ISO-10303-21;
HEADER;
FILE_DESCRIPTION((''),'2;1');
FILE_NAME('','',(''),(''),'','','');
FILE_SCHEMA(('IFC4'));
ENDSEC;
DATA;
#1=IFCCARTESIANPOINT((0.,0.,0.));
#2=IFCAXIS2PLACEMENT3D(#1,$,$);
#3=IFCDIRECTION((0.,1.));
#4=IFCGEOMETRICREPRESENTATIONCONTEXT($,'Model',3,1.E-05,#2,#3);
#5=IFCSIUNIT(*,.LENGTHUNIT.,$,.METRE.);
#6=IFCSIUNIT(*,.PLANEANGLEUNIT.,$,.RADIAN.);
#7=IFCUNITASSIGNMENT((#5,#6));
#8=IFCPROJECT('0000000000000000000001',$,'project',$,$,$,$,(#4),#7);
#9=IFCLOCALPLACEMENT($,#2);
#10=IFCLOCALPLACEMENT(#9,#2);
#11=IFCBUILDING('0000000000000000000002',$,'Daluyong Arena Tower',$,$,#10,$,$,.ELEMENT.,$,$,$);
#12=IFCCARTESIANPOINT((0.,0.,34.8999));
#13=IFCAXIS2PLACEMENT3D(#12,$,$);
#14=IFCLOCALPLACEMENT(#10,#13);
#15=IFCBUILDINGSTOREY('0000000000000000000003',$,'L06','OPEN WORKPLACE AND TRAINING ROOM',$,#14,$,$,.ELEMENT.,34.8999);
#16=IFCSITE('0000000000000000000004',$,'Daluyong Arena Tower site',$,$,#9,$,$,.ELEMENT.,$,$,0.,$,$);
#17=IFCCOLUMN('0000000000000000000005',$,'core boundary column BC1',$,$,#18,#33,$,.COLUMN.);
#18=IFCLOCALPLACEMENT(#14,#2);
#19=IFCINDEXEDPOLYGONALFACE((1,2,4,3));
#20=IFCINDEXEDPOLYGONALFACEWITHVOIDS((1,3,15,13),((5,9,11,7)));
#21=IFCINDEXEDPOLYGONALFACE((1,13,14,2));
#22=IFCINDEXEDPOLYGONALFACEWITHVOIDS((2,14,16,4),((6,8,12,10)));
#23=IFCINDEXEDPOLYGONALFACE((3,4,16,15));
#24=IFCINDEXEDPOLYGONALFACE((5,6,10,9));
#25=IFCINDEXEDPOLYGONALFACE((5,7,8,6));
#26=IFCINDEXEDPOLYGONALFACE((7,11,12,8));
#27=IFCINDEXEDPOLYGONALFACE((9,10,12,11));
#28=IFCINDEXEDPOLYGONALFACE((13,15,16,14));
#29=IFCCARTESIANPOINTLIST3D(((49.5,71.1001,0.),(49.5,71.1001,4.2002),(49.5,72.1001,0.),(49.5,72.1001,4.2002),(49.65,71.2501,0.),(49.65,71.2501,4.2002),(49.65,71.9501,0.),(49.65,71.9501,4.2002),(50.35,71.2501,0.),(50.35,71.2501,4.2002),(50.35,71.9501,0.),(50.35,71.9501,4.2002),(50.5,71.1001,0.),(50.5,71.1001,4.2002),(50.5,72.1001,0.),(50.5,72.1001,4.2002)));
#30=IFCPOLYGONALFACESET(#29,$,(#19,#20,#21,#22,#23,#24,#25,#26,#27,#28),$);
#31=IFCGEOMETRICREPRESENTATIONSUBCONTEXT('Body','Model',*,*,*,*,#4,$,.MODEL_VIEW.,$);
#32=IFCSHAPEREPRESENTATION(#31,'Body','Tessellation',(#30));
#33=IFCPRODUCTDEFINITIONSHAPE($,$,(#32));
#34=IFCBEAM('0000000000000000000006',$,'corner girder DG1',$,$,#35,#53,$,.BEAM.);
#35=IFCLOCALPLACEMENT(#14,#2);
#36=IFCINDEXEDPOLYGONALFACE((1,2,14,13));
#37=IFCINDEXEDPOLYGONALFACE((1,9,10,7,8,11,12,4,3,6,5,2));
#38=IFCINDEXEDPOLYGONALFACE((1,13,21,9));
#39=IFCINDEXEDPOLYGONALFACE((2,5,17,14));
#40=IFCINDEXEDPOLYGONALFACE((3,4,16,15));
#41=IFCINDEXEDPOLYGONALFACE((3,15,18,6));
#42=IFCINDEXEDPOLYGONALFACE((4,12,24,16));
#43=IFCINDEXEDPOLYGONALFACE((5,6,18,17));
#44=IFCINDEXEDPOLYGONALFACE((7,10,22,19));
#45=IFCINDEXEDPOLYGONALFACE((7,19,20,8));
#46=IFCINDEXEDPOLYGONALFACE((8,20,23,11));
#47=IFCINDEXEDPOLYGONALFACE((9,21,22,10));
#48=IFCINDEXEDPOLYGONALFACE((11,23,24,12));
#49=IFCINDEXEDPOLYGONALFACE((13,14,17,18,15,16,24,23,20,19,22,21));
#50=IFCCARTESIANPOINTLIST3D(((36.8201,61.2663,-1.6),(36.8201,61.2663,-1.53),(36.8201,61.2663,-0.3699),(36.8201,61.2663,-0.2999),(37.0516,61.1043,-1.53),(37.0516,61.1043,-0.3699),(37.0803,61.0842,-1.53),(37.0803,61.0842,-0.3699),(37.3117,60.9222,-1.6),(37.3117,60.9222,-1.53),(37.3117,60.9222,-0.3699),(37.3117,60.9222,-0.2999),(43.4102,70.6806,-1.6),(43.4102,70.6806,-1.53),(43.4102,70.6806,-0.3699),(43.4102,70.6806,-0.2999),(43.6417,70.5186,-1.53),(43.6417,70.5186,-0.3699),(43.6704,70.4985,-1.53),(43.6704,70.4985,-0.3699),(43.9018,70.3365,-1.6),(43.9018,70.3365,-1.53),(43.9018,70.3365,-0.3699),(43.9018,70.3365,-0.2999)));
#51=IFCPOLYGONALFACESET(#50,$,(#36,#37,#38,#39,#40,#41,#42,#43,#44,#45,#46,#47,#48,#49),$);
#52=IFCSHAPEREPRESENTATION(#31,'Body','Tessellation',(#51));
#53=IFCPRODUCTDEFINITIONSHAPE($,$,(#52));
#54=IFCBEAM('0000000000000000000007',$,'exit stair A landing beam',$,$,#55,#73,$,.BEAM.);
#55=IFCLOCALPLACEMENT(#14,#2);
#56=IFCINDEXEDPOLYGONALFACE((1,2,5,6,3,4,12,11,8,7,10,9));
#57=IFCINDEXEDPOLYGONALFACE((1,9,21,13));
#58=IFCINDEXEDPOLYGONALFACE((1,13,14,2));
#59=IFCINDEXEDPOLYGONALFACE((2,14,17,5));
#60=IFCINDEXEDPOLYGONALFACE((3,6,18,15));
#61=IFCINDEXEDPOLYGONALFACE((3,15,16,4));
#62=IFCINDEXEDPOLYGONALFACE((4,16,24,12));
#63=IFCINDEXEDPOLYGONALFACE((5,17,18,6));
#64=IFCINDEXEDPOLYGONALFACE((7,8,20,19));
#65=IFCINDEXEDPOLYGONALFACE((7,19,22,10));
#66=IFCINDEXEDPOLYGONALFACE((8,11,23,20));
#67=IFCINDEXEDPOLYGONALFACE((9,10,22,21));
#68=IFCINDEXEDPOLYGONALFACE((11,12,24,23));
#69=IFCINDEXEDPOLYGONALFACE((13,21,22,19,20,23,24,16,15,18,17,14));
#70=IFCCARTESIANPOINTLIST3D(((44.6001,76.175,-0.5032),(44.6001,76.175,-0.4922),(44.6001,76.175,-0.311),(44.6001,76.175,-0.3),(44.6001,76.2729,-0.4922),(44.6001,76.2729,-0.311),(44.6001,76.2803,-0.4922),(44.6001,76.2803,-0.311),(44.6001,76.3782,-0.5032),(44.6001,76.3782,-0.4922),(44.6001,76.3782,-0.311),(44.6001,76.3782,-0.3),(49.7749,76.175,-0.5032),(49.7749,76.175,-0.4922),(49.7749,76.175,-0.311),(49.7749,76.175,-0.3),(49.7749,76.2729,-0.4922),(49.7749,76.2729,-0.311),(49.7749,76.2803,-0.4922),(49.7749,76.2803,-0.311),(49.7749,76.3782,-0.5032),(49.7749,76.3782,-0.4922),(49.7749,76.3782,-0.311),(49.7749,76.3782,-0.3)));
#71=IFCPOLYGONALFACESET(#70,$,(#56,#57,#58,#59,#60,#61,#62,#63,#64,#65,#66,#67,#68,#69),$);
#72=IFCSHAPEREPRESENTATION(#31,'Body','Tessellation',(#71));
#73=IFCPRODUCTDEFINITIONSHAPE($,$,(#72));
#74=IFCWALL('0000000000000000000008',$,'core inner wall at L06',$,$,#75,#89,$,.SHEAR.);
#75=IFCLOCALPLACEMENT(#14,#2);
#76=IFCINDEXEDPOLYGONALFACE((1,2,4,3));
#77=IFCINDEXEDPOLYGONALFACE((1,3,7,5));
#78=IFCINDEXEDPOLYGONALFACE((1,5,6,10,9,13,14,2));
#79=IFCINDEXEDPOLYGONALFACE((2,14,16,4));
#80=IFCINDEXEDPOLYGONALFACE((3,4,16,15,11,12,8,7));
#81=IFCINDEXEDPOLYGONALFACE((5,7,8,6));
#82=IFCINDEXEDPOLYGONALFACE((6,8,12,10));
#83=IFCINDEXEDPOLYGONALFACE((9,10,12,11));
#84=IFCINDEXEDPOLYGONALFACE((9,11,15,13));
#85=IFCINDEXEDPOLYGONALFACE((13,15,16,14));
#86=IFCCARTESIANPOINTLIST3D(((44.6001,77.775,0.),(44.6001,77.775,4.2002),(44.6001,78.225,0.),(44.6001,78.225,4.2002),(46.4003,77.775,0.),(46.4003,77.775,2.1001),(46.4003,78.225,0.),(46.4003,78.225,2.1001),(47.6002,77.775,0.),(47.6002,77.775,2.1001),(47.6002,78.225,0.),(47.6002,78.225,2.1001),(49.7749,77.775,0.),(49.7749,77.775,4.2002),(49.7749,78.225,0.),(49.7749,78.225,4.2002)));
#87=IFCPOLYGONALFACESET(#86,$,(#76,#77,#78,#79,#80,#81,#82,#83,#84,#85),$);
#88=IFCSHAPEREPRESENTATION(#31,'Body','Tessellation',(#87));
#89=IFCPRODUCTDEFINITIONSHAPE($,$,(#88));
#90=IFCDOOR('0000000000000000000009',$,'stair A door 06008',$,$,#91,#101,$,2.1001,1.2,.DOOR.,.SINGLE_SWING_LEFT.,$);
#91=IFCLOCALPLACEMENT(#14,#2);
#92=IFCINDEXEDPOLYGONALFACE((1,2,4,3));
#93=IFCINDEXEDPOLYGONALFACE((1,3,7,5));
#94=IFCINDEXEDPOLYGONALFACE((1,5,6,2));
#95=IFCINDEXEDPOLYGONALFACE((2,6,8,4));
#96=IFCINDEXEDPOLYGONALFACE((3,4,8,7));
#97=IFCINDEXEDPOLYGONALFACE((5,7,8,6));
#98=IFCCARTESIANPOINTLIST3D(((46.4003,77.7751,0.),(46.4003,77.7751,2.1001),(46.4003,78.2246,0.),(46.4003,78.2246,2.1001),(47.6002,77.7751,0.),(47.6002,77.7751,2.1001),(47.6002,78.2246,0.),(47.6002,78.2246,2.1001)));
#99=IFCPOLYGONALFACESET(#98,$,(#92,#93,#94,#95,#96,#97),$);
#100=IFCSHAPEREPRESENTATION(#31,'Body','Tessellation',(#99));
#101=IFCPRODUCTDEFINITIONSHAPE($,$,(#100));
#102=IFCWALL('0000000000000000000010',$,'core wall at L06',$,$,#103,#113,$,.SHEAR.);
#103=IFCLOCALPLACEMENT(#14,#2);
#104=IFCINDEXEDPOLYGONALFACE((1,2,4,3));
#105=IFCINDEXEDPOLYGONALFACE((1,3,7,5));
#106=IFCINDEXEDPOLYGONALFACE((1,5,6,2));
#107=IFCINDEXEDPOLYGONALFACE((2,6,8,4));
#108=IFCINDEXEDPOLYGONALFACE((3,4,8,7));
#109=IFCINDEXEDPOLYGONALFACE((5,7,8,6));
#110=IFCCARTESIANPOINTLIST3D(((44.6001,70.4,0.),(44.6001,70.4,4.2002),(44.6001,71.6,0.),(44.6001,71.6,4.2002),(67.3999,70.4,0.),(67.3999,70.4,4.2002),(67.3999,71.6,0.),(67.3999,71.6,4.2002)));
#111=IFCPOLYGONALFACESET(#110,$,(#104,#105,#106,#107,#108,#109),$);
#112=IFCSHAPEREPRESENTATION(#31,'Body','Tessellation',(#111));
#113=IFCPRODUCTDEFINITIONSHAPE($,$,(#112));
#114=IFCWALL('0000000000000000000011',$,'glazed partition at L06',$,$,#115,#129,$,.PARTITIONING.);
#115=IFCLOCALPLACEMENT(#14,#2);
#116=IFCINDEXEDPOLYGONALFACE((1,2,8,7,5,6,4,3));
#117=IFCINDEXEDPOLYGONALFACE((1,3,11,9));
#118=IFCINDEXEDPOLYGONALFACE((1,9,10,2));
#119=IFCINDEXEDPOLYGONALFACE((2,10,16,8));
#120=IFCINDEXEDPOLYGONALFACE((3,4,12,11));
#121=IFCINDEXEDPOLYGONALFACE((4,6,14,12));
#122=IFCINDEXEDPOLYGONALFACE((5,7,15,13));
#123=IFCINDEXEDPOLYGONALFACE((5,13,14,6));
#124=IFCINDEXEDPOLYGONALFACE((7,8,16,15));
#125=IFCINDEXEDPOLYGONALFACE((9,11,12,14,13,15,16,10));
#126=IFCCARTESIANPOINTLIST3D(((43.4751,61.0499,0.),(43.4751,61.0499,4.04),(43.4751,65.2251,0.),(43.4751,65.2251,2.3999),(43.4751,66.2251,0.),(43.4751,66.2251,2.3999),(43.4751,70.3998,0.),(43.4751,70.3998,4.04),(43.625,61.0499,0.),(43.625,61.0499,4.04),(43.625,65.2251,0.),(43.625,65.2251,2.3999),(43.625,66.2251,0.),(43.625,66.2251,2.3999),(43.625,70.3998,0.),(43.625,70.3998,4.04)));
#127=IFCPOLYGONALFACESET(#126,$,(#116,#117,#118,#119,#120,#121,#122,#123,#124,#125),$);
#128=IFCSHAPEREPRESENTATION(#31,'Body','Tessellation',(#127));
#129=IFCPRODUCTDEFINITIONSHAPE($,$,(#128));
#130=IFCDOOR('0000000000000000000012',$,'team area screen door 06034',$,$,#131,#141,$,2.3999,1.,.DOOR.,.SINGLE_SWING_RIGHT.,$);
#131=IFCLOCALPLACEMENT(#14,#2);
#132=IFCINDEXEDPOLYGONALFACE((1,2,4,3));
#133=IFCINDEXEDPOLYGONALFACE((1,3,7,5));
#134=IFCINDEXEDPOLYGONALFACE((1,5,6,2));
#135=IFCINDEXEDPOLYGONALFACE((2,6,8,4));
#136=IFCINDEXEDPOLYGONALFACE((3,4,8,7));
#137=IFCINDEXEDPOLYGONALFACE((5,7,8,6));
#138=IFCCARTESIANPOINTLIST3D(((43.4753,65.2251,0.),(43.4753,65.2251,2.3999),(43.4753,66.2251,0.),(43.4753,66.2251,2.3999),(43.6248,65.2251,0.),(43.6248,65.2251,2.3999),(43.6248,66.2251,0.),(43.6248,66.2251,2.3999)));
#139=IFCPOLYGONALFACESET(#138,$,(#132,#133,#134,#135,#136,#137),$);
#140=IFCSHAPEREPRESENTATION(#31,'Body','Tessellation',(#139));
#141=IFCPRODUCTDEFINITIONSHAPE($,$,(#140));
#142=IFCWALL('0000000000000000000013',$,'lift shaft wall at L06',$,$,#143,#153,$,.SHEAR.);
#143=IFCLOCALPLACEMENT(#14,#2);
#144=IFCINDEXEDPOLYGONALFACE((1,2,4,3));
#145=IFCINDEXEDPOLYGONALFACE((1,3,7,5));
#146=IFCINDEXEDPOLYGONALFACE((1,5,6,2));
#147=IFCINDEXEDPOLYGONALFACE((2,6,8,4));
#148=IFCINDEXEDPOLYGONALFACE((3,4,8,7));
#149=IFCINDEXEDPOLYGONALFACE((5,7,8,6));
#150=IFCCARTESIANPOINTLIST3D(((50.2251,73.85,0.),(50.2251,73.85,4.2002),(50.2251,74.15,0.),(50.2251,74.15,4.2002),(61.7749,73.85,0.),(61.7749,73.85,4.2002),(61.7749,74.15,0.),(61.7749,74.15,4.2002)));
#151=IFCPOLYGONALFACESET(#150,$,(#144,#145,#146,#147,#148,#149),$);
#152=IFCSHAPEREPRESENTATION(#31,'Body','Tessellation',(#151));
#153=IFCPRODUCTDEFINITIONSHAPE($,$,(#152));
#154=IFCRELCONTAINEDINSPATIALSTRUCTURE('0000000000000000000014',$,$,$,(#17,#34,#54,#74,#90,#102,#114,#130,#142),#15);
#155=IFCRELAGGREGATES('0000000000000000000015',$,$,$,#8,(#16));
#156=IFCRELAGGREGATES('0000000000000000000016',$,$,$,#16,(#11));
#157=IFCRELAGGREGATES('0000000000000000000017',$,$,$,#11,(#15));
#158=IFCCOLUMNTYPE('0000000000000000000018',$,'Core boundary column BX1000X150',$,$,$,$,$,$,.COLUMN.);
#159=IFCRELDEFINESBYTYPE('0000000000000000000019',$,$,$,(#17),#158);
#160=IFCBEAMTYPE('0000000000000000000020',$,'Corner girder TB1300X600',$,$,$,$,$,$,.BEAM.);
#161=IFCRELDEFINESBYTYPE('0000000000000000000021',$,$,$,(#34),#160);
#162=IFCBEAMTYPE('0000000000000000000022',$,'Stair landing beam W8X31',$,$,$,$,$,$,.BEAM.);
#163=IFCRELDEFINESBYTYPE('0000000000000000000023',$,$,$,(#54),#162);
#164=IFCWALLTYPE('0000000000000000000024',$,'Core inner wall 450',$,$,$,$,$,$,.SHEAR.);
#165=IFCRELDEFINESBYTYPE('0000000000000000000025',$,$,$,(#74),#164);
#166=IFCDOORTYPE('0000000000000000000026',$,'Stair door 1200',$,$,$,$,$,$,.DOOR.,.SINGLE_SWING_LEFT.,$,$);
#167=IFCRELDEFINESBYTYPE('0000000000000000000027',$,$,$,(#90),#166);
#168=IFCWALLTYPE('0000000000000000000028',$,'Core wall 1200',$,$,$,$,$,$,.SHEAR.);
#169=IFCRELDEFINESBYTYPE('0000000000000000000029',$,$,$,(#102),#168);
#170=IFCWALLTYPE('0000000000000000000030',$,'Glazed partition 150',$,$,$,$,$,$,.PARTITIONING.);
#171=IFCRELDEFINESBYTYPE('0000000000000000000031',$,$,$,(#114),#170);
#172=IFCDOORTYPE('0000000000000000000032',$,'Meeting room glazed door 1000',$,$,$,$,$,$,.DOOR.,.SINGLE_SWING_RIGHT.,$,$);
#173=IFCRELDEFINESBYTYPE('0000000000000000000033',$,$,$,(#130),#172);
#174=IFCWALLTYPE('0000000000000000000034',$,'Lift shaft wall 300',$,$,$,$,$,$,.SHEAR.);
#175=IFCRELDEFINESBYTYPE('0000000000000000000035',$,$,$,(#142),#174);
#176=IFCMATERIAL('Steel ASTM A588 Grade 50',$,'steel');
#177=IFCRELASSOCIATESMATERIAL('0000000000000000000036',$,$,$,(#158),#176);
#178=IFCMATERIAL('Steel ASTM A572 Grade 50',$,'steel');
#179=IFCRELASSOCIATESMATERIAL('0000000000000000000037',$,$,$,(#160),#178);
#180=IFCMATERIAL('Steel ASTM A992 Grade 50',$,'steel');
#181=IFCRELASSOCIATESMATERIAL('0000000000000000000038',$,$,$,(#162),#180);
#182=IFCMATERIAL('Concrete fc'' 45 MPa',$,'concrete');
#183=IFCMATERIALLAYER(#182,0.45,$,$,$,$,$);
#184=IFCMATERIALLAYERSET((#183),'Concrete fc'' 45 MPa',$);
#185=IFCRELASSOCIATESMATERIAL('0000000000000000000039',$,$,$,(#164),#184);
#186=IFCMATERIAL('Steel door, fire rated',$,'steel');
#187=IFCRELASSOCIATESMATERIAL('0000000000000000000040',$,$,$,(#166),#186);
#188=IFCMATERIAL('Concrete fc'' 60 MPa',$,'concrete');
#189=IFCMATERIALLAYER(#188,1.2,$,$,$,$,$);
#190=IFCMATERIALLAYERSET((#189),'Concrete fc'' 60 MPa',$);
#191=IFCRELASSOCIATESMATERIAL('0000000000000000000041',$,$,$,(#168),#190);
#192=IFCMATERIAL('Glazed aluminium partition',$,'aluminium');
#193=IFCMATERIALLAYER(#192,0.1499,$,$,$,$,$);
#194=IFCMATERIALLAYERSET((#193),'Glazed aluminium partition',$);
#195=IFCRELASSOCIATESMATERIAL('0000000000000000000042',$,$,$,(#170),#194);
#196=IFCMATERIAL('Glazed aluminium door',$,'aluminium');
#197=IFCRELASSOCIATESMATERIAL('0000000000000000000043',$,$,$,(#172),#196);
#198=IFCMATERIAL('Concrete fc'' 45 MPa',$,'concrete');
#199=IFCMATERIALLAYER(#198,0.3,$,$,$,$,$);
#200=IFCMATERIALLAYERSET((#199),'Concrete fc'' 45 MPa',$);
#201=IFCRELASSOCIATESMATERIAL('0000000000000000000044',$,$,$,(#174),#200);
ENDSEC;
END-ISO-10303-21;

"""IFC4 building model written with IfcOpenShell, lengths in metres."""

from ifc_helpers import new_model, si_unit, direction, frame, frame_2d, origin, origin_2d, place, context, subcontext, project, spatial, rectangle, hollow_rectangle, i_section, extrude, material, layer, layer_set, material_profile, profile_set, type_object, element, fill, save


model = new_model("IFC4")

# Units and contexts
model_context = context("Model", 3, precision=1e-05, world=origin(), true_north=direction((0.0, 1.0)))
body_context = subcontext(model_context, "Body", "Model", "MODEL_VIEW")
ifc_project = project(units=[si_unit("LENGTHUNIT", "METRE"), si_unit("PLANEANGLEUNIT", "RADIAN")], contexts=[model_context])

# Site, building, storey
site_placement = place(None, origin())
site = spatial("IfcSite", under=ifc_project, at=site_placement, Name="Daluyong Arena Tower site", CompositionType="ELEMENT", RefElevation=0.0)
building_placement = place(site_placement, origin())
building = spatial("IfcBuilding", under=site, at=building_placement, Name="Daluyong Arena Tower", CompositionType="ELEMENT")
storey_placement = place(building_placement, frame((0.0, 0.0, 34.8999)))
storey = spatial("IfcBuildingStorey", under=building, at=storey_placement, Name="L06", Description="OPEN WORKPLACE AND TRAINING ROOM", CompositionType="ELEMENT", Elevation=34.8999)

# Column
ifc_material_1 = material(Name="Steel ASTM A588 Grade 50", Category="steel")
ifc_material_profile_1 = material_profile(ifc_material_1, hollow_rectangle(XDim=1.0, YDim=1.0, WallThickness=0.15, at=origin_2d()))
ifc_profile_set_1 = profile_set([ifc_material_profile_1], Name="Steel ASTM A588 Grade 50")
column_type = type_object("IfcColumnType", Name="Core boundary column BX1000X150", PredefinedType="COLUMN", material=ifc_profile_set_1)
column_placement = place(storey_placement, frame((50.0, 71.6001, 0.0), z_axis=(0.0, 0.0, 1.0), x_axis=(1.0, 0.0, 0.0)))
element("IfcColumn", 1, at=column_placement, inside=storey, type_object=column_type, Name="core boundary column BC1", PredefinedType="COLUMN", context=body_context, shape_type="SweptSolid", body=[
    extrude(hollow_rectangle(XDim=1.0, YDim=1.0, WallThickness=0.15, at=origin_2d()), origin(), (0.0, 0.0, 1.0), 4.2002),
])

# Beams
ifc_material_2 = material(Name="Steel ASTM A572 Grade 50", Category="steel")
ifc_material_profile_2 = material_profile(ifc_material_2, i_section(OverallWidth=0.6001, OverallDepth=1.3, WebThickness=0.035, FlangeThickness=0.07, at=origin_2d()))
ifc_profile_set_2 = profile_set([ifc_material_profile_2], Name="Steel ASTM A572 Grade 50")
beam_type_1 = type_object("IfcBeamType", Name="Corner girder TB1300X600", PredefinedType="BEAM", material=ifc_profile_set_2)
beam_1_placement = place(storey_placement, frame((37.0659, 61.0942, -0.95), z_axis=(0.573467, 0.819229, 0.0), x_axis=(-0.819229, 0.573467, 0.0)))
element("IfcBeam", 2, at=beam_1_placement, inside=storey, type_object=beam_type_1, Name="corner girder DG1", PredefinedType="BEAM", context=body_context, shape_type="SweptSolid", body=[
    extrude(i_section(OverallWidth=0.6001, OverallDepth=1.3, WebThickness=0.035, FlangeThickness=0.07, at=origin_2d()), origin(), (0.0, 0.0, 1.0), 11.4917),
])
ifc_material_3 = material(Name="Steel ASTM A992 Grade 50", Category="steel")
ifc_material_profile_3 = material_profile(ifc_material_3, i_section(OverallWidth=0.2031, OverallDepth=0.2031, WebThickness=0.0073, FlangeThickness=0.011, at=origin_2d()))
ifc_profile_set_3 = profile_set([ifc_material_profile_3], Name="Steel ASTM A992 Grade 50")
beam_type_2 = type_object("IfcBeamType", Name="Stair landing beam W8X31", PredefinedType="BEAM", material=ifc_profile_set_3)
beam_2_placement = place(storey_placement, frame((44.6001, 76.2766, -0.4016), z_axis=(1.0, 0.0, 0.0), x_axis=(0.0, 1.0, 0.0)))
element("IfcBeam", 3, at=beam_2_placement, inside=storey, type_object=beam_type_2, Name="exit stair A landing beam", PredefinedType="BEAM", context=body_context, shape_type="SweptSolid", body=[
    extrude(i_section(OverallWidth=0.2031, OverallDepth=0.2031, WebThickness=0.0073, FlangeThickness=0.011, at=origin_2d()), origin(), (0.0, 0.0, 1.0), 5.1748),
])

# Wall, opening, door
ifc_material_4 = material(Name="Concrete fc' 45 MPa", Category="concrete")
ifc_layer_1 = layer(ifc_material_4, 0.45)
ifc_layer_set_1 = layer_set([ifc_layer_1], Name="Concrete fc' 45 MPa")
wall_type_1 = type_object("IfcWallType", Name="Core inner wall 450", PredefinedType="SHEAR", material=ifc_layer_set_1)
wall_1_placement = place(storey_placement, frame((44.6001, 78.0, 0.0), z_axis=(0.0, 0.0, 1.0), x_axis=(1.0, 0.0, 0.0)))
wall_1 = element("IfcWall", 4, at=wall_1_placement, inside=storey, type_object=wall_type_1, Name="core inner wall at L06", PredefinedType="SHEAR", context=body_context, shape_type="SweptSolid", body=[
    extrude(rectangle(XDim=5.1748, YDim=0.45, at=frame_2d((2.5874, 0.0))), origin(), (0.0, 0.0, 1.0), 4.2002),
])
opening_1_placement = place(wall_1_placement, frame((1.8, 0.0, 0.0)))
opening_1 = element("IfcOpeningElement", 5, at=opening_1_placement, cuts=wall_1, PredefinedType="OPENING", context=body_context, shape_type="SweptSolid", body=[
    extrude(rectangle(XDim=1.2, YDim=2.1001, at=frame_2d((0.6001, 1.05))), frame((0.0, 0.2349, 0.0), z_axis=(0.0, -1.0, 0.0), x_axis=(1.0, 0.0, 0.0)), (0.0, 0.0, 1.0), 0.47),
])
ifc_material_5 = material(Name="Steel door, fire rated", Category="steel")
door_type_1 = type_object("IfcDoorType", Name="Stair door 1200", OperationType="SINGLE_SWING_LEFT", PredefinedType="DOOR", material=ifc_material_5)
door_1_placement = place(opening_1_placement, origin())
door_1 = element("IfcDoor", 6, at=door_1_placement, inside=storey, type_object=door_type_1, Name="stair A door 06008", OperationType="SINGLE_SWING_LEFT", OverallHeight=2.1001, OverallWidth=1.2, PredefinedType="DOOR", context=body_context, shape_type="SweptSolid", body=[
    extrude(rectangle(XDim=1.2, YDim=2.1001, at=frame_2d((0.6001, 1.05))), frame((0.0, 0.2246, 0.0), z_axis=(0.0, -1.0, 0.0), x_axis=(1.0, 0.0, 0.0)), (0.0, 0.0, 1.0), 0.4495),
])
fill(opening_1, door_1)
ifc_material_6 = material(Name="Concrete fc' 60 MPa", Category="concrete")
ifc_layer_2 = layer(ifc_material_6, 1.2)
ifc_layer_set_2 = layer_set([ifc_layer_2], Name="Concrete fc' 60 MPa")
wall_type_2 = type_object("IfcWallType", Name="Core wall 1200", PredefinedType="SHEAR", material=ifc_layer_set_2)

# Wall
wall_2_placement = place(storey_placement, frame((44.6001, 71.0, 0.0), z_axis=(0.0, 0.0, 1.0), x_axis=(1.0, 0.0, 0.0)))
element("IfcWall", 7, at=wall_2_placement, inside=storey, type_object=wall_type_2, Name="core wall at L06", PredefinedType="SHEAR", context=body_context, shape_type="SweptSolid", body=[
    extrude(rectangle(XDim=22.7998, YDim=1.2, at=frame_2d((11.3999, 0.0))), origin(), (0.0, 0.0, 1.0), 4.2002),
])

# Wall, opening, door
ifc_material_7 = material(Name="Glazed aluminium partition", Category="aluminium")
ifc_layer_3 = layer(ifc_material_7, 0.1499)
ifc_layer_set_3 = layer_set([ifc_layer_3], Name="Glazed aluminium partition")
wall_type_3 = type_object("IfcWallType", Name="Glazed partition 150", PredefinedType="PARTITIONING", material=ifc_layer_set_3)
wall_3_placement = place(storey_placement, frame((43.55, 61.05, 0.0), z_axis=(0.0, 0.0, 1.0), x_axis=(0.0, 1.0, 0.0)))
wall_3 = element("IfcWall", 8, at=wall_3_placement, inside=storey, type_object=wall_type_3, Name="glazed partition at L06", PredefinedType="PARTITIONING", context=body_context, shape_type="SweptSolid", body=[
    extrude(rectangle(XDim=9.3499, YDim=0.1499, at=frame_2d((4.6748, 0.0))), origin(), (0.0, 0.0, 1.0), 4.04),
])
opening_2_placement = place(wall_3_placement, frame((4.175, 0.0, 0.0)))
opening_2 = element("IfcOpeningElement", 9, at=opening_2_placement, cuts=wall_3, PredefinedType="OPENING", context=body_context, shape_type="SweptSolid", body=[
    extrude(rectangle(XDim=1.0, YDim=2.3999, at=frame_2d((0.5, 1.2))), frame((0.0, 0.085, 0.0), z_axis=(0.0, -1.0, 0.0), x_axis=(1.0, 0.0, 0.0)), (0.0, 0.0, 1.0), 0.1699),
])
ifc_material_8 = material(Name="Glazed aluminium door", Category="aluminium")
door_type_2 = type_object("IfcDoorType", Name="Meeting room glazed door 1000", OperationType="SINGLE_SWING_RIGHT", PredefinedType="DOOR", material=ifc_material_8)
door_2_placement = place(opening_2_placement, origin())
door_2 = element("IfcDoor", 10, at=door_2_placement, inside=storey, type_object=door_type_2, Name="team area screen door 06034", OperationType="SINGLE_SWING_RIGHT", OverallHeight=2.3999, OverallWidth=1.0, PredefinedType="DOOR", context=body_context, shape_type="SweptSolid", body=[
    extrude(rectangle(XDim=1.0, YDim=2.3999, at=frame_2d((0.5, 1.2))), frame((0.0, 0.0747, 0.0), z_axis=(0.0, -1.0, 0.0), x_axis=(1.0, 0.0, 0.0)), (0.0, 0.0, 1.0), 0.1494),
])
fill(opening_2, door_2)

# Wall
ifc_material_9 = material(Name="Concrete fc' 45 MPa", Category="concrete")
ifc_layer_4 = layer(ifc_material_9, 0.3)
ifc_layer_set_4 = layer_set([ifc_layer_4], Name="Concrete fc' 45 MPa")
wall_type_4 = type_object("IfcWallType", Name="Lift shaft wall 300", PredefinedType="SHEAR", material=ifc_layer_set_4)
wall_4_placement = place(storey_placement, frame((50.2251, 74.0, 0.0), z_axis=(0.0, 0.0, 1.0), x_axis=(1.0, 0.0, 0.0)))
element("IfcWall", 11, at=wall_4_placement, inside=storey, type_object=wall_type_4, Name="lift shaft wall at L06", PredefinedType="SHEAR", context=body_context, shape_type="SweptSolid", body=[
    extrude(rectangle(XDim=11.5498, YDim=0.3, at=frame_2d((5.7749, 0.0))), origin(), (0.0, 0.0, 1.0), 4.2002),
])

save(model, "model.ifc")
